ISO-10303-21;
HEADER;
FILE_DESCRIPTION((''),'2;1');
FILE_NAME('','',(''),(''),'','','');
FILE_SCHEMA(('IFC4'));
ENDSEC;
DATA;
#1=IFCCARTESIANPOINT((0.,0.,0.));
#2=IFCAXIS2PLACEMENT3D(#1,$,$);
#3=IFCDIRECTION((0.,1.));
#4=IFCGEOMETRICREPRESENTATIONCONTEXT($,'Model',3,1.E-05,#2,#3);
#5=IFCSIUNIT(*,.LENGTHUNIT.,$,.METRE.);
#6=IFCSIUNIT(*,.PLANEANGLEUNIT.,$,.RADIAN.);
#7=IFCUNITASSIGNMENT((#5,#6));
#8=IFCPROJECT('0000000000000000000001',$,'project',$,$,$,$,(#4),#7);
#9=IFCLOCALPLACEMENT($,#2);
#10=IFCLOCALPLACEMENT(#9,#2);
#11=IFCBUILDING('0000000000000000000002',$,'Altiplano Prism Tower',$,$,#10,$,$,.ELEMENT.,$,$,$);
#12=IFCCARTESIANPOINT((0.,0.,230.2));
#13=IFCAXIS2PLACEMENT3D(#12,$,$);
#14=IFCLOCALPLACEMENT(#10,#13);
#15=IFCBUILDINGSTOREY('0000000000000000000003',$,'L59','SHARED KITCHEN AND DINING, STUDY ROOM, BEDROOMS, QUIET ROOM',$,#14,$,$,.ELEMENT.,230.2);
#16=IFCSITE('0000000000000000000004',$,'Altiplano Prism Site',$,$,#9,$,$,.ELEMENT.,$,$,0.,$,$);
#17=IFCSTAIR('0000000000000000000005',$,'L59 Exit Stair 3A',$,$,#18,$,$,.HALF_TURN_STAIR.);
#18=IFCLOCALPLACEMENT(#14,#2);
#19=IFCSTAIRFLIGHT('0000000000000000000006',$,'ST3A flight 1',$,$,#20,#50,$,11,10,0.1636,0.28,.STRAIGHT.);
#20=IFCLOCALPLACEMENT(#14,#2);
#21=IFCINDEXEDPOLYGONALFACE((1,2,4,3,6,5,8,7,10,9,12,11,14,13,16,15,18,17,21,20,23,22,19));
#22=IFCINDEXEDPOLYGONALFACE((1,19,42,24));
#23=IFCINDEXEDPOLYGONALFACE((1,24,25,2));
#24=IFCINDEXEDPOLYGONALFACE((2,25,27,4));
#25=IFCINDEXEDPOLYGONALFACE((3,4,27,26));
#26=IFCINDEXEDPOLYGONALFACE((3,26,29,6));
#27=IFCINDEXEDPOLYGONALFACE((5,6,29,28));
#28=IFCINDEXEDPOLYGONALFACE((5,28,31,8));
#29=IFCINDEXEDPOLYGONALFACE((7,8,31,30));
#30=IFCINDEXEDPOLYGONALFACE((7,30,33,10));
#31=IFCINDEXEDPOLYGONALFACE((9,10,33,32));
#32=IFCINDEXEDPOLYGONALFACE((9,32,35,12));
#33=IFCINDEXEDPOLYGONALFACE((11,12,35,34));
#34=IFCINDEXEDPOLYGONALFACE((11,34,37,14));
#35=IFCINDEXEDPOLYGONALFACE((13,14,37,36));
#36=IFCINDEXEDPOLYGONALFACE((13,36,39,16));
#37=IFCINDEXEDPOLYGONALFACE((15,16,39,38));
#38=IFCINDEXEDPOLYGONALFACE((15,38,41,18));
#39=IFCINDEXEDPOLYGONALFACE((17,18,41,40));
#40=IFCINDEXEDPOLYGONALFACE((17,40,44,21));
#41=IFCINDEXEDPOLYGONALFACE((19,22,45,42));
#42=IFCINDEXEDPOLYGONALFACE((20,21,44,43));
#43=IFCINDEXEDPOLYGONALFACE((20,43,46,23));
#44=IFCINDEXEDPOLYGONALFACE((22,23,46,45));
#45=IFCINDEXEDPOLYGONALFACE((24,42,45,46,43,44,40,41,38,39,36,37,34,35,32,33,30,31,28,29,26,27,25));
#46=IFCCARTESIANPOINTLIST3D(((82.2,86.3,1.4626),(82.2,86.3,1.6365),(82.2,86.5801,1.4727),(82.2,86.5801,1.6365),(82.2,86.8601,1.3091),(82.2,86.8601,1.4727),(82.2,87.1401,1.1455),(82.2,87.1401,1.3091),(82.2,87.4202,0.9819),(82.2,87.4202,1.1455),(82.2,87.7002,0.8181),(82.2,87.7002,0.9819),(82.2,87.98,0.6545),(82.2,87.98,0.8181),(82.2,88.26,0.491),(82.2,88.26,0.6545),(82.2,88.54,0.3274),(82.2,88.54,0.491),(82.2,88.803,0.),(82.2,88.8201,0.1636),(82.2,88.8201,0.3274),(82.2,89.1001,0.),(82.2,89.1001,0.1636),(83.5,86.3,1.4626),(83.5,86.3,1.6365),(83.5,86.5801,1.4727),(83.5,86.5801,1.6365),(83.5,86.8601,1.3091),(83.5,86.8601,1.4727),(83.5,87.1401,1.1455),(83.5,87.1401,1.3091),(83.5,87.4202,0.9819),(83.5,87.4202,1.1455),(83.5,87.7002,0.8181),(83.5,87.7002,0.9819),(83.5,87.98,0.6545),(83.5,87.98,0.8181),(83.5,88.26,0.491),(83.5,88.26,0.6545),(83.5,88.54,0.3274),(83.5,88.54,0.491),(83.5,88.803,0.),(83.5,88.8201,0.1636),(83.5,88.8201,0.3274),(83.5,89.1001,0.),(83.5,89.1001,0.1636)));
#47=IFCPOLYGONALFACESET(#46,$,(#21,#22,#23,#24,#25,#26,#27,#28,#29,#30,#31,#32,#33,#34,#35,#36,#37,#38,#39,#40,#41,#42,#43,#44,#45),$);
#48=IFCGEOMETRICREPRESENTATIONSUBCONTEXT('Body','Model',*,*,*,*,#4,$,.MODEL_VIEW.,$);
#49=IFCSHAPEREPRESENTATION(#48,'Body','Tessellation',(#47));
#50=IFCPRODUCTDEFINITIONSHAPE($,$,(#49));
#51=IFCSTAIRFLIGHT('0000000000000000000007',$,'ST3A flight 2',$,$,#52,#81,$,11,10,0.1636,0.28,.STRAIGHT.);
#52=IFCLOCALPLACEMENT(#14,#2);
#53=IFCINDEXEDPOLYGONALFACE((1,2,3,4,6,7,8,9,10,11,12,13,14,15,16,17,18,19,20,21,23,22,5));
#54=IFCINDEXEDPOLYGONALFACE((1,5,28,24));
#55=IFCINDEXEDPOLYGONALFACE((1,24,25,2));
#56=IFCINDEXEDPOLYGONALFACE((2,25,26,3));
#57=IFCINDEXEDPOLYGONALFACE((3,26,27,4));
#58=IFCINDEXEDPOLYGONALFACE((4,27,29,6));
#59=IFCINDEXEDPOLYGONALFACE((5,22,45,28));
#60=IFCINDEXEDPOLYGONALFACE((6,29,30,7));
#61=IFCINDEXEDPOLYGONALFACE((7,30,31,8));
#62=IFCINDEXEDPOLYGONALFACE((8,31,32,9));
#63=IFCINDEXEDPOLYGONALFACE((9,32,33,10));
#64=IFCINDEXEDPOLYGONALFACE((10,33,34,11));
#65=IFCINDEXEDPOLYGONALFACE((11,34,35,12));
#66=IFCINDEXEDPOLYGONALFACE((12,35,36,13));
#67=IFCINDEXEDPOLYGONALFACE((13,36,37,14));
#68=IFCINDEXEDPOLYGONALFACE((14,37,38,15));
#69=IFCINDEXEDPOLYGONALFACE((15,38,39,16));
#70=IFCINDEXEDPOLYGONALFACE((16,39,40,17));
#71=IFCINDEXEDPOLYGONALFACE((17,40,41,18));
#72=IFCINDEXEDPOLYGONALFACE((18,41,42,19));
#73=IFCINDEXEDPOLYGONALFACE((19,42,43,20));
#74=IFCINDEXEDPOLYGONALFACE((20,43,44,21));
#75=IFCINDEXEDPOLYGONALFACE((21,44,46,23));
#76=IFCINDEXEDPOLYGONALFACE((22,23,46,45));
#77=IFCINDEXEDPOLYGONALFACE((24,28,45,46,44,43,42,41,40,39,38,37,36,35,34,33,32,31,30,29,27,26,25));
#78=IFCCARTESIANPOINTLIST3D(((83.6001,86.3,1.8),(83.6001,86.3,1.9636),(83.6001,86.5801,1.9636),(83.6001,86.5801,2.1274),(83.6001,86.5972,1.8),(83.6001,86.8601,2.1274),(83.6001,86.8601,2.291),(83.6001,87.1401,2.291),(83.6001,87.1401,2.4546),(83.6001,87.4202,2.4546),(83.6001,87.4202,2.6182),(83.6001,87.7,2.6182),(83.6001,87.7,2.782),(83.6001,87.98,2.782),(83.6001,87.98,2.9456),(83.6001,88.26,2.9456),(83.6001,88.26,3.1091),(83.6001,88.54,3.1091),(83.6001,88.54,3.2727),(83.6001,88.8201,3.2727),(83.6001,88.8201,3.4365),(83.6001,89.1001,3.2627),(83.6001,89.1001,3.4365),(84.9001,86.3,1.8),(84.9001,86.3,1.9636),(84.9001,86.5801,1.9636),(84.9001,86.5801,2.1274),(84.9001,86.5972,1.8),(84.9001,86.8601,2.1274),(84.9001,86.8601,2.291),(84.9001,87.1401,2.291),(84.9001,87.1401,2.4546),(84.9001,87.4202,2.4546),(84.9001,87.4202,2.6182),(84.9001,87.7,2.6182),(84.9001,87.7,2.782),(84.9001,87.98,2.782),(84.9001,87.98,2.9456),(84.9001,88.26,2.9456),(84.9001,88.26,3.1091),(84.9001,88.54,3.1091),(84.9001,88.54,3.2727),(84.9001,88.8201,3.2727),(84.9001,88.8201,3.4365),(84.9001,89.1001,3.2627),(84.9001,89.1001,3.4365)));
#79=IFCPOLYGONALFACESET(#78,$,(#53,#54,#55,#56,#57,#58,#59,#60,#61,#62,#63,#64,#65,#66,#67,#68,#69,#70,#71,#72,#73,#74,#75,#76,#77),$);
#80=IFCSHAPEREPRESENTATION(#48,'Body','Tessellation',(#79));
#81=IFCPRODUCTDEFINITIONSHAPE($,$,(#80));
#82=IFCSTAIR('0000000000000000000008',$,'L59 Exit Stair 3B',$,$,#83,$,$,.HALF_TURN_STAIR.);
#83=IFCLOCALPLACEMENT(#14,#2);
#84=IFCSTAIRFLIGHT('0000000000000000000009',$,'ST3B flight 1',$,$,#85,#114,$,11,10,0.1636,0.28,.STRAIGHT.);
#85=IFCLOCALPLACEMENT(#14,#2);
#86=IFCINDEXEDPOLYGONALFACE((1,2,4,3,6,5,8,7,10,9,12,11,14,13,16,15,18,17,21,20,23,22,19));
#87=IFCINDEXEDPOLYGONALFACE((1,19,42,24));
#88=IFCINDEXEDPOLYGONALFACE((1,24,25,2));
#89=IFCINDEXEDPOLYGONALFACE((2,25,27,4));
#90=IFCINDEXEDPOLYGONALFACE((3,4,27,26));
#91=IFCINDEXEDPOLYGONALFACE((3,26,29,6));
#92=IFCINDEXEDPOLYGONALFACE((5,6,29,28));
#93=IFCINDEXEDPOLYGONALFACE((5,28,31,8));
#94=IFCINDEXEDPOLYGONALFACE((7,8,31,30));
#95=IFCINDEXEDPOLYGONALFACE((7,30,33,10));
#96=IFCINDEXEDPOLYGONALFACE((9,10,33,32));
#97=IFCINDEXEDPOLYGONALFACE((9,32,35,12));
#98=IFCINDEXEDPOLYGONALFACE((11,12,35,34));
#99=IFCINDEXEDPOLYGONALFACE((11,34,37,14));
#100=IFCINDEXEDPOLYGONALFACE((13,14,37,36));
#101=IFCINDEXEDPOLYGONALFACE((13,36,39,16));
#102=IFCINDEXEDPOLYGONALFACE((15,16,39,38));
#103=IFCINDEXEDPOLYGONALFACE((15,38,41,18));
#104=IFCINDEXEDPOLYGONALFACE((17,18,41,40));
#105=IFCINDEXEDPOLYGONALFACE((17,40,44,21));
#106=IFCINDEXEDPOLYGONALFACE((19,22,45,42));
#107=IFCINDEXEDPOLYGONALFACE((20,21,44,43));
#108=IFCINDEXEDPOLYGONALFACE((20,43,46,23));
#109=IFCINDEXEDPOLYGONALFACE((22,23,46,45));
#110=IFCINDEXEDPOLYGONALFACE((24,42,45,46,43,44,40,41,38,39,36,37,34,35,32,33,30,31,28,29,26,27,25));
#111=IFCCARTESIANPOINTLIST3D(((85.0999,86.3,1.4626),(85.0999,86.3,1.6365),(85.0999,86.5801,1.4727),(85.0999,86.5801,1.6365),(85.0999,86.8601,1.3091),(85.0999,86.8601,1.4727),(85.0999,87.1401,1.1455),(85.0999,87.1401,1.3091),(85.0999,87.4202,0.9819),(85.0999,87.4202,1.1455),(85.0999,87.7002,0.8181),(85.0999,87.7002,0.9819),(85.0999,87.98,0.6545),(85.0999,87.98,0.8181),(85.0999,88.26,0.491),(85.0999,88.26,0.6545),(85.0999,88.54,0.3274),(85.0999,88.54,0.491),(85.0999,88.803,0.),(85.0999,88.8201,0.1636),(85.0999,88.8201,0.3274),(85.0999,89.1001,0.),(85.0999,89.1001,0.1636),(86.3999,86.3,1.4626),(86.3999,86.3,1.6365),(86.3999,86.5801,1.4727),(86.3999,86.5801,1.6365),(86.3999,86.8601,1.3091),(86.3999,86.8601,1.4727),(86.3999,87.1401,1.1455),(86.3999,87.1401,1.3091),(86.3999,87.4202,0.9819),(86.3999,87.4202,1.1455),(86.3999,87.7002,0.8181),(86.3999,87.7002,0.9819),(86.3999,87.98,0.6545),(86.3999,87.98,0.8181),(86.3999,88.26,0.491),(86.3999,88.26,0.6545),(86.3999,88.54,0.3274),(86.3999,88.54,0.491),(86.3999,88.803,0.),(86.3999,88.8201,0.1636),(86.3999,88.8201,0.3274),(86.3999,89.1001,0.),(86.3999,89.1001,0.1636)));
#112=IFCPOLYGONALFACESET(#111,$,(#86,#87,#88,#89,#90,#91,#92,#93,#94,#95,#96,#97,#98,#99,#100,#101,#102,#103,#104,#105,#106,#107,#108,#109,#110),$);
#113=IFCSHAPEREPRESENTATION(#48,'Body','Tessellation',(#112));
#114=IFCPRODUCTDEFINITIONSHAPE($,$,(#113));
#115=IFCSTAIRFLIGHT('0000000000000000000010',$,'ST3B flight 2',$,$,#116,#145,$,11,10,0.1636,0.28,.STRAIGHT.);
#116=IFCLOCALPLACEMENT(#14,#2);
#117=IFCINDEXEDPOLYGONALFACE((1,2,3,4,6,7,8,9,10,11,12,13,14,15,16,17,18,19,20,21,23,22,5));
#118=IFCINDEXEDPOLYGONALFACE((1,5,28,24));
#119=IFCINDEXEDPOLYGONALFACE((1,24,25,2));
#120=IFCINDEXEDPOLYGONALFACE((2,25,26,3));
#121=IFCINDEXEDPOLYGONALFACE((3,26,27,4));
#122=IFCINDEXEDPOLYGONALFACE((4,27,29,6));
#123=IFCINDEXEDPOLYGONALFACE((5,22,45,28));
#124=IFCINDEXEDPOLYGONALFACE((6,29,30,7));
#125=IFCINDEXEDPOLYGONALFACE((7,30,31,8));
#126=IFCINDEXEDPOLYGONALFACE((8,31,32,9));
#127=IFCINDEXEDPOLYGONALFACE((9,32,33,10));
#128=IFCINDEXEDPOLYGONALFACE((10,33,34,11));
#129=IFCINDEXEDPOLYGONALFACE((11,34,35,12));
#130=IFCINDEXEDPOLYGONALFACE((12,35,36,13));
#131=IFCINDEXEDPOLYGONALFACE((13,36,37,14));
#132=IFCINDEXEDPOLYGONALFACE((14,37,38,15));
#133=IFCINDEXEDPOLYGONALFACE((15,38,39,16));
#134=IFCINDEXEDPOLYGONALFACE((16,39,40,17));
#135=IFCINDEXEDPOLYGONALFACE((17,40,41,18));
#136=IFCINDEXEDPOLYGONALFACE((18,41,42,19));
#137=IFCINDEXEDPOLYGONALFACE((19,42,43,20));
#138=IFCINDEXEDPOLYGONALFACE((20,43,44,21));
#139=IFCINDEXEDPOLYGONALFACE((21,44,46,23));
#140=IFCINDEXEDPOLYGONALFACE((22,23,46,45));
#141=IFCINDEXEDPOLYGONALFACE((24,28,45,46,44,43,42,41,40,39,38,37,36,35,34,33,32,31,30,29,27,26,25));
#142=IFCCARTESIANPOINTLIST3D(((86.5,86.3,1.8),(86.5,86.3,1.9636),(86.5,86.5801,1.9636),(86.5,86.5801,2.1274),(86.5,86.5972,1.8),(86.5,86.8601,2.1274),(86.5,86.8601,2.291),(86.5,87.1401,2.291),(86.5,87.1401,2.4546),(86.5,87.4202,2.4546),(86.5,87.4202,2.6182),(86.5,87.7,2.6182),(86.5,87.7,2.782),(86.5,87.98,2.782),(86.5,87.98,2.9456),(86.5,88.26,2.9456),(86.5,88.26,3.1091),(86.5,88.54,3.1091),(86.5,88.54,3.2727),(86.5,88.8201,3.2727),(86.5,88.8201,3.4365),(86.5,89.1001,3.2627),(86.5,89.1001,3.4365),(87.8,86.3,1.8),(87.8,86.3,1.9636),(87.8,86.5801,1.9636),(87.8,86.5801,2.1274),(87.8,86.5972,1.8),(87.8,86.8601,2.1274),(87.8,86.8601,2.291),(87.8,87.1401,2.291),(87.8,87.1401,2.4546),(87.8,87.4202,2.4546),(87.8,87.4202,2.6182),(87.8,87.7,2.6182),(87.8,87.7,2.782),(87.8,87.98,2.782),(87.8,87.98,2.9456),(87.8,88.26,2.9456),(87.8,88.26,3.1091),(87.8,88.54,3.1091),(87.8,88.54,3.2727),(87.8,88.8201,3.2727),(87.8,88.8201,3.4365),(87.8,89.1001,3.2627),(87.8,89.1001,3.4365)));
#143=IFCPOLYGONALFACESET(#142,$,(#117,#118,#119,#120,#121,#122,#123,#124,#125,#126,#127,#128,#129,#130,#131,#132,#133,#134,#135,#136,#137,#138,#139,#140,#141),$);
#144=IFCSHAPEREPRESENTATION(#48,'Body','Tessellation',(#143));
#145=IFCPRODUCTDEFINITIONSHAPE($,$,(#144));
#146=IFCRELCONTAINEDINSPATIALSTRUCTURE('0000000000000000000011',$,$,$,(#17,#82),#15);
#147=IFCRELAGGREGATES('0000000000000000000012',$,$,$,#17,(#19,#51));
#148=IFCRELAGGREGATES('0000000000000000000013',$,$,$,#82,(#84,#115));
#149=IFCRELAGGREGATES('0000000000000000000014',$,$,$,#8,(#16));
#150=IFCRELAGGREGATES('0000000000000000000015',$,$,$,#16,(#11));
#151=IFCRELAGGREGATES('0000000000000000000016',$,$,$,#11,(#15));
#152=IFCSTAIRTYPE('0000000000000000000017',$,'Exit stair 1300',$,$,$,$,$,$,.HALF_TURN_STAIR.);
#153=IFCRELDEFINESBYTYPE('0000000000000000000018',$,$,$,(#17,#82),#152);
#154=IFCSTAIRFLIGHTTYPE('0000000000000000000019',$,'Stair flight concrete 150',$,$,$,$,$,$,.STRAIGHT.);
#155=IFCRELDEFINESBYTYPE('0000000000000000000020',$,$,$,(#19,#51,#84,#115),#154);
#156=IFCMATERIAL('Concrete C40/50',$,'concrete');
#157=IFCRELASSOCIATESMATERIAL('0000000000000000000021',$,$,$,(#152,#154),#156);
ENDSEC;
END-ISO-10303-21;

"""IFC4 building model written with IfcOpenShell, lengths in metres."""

from ifc_helpers import new_model, si_unit, direction, frame, origin, place, context, subcontext, project, spatial, polyline, outline, extrude, material, type_object, element, aggregate, save


model = new_model("IFC4")

# Units and contexts
model_context = context("Model", 3, precision=1e-05, world=origin(), true_north=direction((0.0, 1.0)))
body_context = subcontext(model_context, "Body", "Model", "MODEL_VIEW")
ifc_project = project(units=[si_unit("LENGTHUNIT", "METRE"), si_unit("PLANEANGLEUNIT", "RADIAN")], contexts=[model_context])

# Site, building, storey
site_placement = place(None, origin())
site = spatial("IfcSite", under=ifc_project, at=site_placement, Name="Altiplano Prism Site", CompositionType="ELEMENT", RefElevation=0.0)
building_placement = place(site_placement, origin())
building = spatial("IfcBuilding", under=site, at=building_placement, Name="Altiplano Prism Tower", CompositionType="ELEMENT")
storey_placement = place(building_placement, frame((0.0, 0.0, 230.2)))
storey = spatial("IfcBuildingStorey", under=building, at=storey_placement, Name="L59", Description="SHARED KITCHEN AND DINING, STUDY ROOM, BEDROOMS, QUIET ROOM", CompositionType="ELEMENT", Elevation=230.2)

# Stairs, stair flights
ifc_material_1 = material(Name="Concrete C40/50", Category="concrete")
stair_type = type_object("IfcStairType", Name="Exit stair 1300", PredefinedType="HALF_TURN_STAIR", material=ifc_material_1)
stair_1_placement = place(storey_placement, origin())
stair_1 = element("IfcStair", 1, at=stair_1_placement, inside=storey, type_object=stair_type, Name="L59 Exit Stair 3A", PredefinedType="HALF_TURN_STAIR")
stair_flight_type = type_object("IfcStairFlightType", Name="Stair flight concrete 150", PredefinedType="STRAIGHT", material=ifc_material_1)
stair_flight_1_placement = place(storey_placement, frame((82.8501, 89.1001, 0.0), z_axis=(0.0, 0.0, 1.0), x_axis=(0.0, -1.0, 0.0)))
stair_flight_1 = element("IfcStairFlight", 2, at=stair_flight_1_placement, type_object=stair_flight_type, Name="ST3A flight 1", NumberOfRisers=11, NumberOfTreads=10, PredefinedType="STRAIGHT", RiserHeight=0.1636, TreadLength=0.28, context=body_context, shape_type="SweptSolid", body=[
    extrude(outline(polyline([(0.0, 0.0), (0.0, 0.1636), (0.28, 0.1636), (0.28, 0.3274), (0.5601, 0.3274), (0.5601, 0.491), (0.8401, 0.491), (0.8401, 0.6545), (1.1201, 0.6545), (1.1201, 0.8181), (1.3999, 0.8181), (1.3999, 0.9819), (1.6799, 0.9819), (1.6799, 1.1455), (1.96, 1.1455), (1.96, 1.3091), (2.24, 1.3091), (2.24, 1.4727), (2.52, 1.4727), (2.52, 1.6365), (2.8, 1.6365), (2.8, 1.8), (2.8, 1.4626), (0.2971, 0.0), (0.0, 0.0)])), frame((0.0, 0.6499, 0.0), z_axis=(0.0, -1.0, 0.0), x_axis=(1.0, 0.0, 0.0)), (0.0, 0.0, 1.0), 1.3),
])
stair_flight_2_placement = place(storey_placement, frame((84.25, 86.3, 1.8), z_axis=(0.0, 0.0, 1.0), x_axis=(0.0, 1.0, 0.0)))
stair_flight_2 = element("IfcStairFlight", 3, at=stair_flight_2_placement, type_object=stair_flight_type, Name="ST3A flight 2", NumberOfRisers=11, NumberOfTreads=10, PredefinedType="STRAIGHT", RiserHeight=0.1636, TreadLength=0.28, context=body_context, shape_type="SweptSolid", body=[
    extrude(outline(polyline([(0.0, 0.0), (0.0, 0.1636), (0.28, 0.1636), (0.28, 0.3274), (0.5601, 0.3274), (0.5601, 0.491), (0.8401, 0.491), (0.8401, 0.6545), (1.1201, 0.6545), (1.1201, 0.8181), (1.3999, 0.8181), (1.3999, 0.9819), (1.6799, 0.9819), (1.6799, 1.1455), (1.96, 1.1455), (1.96, 1.3091), (2.24, 1.3091), (2.24, 1.4727), (2.52, 1.4727), (2.52, 1.6365), (2.8, 1.6365), (2.8, 1.8), (2.8, 1.4626), (0.2971, 0.0), (0.0, 0.0)])), frame((0.0, 0.6499, 0.0), z_axis=(0.0, -1.0, 0.0), x_axis=(1.0, 0.0, 0.0)), (0.0, 0.0, 1.0), 1.3),
])
aggregate(stair_1, [stair_flight_1, stair_flight_2])
stair_2_placement = place(storey_placement, origin())
stair_2 = element("IfcStair", 4, at=stair_2_placement, inside=storey, type_object=stair_type, Name="L59 Exit Stair 3B", PredefinedType="HALF_TURN_STAIR")
stair_flight_3_placement = place(storey_placement, frame((85.75, 89.1001, 0.0), z_axis=(0.0, 0.0, 1.0), x_axis=(0.0, -1.0, 0.0)))
stair_flight_3 = element("IfcStairFlight", 5, at=stair_flight_3_placement, type_object=stair_flight_type, Name="ST3B flight 1", NumberOfRisers=11, NumberOfTreads=10, PredefinedType="STRAIGHT", RiserHeight=0.1636, TreadLength=0.28, context=body_context, shape_type="SweptSolid", body=[
    extrude(outline(polyline([(0.0, 0.0), (0.0, 0.1636), (0.28, 0.1636), (0.28, 0.3274), (0.5601, 0.3274), (0.5601, 0.491), (0.8401, 0.491), (0.8401, 0.6545), (1.1201, 0.6545), (1.1201, 0.8181), (1.3999, 0.8181), (1.3999, 0.9819), (1.6799, 0.9819), (1.6799, 1.1455), (1.96, 1.1455), (1.96, 1.3091), (2.24, 1.3091), (2.24, 1.4727), (2.52, 1.4727), (2.52, 1.6365), (2.8, 1.6365), (2.8, 1.8), (2.8, 1.4626), (0.2971, 0.0), (0.0, 0.0)])), frame((0.0, 0.6499, 0.0), z_axis=(0.0, -1.0, 0.0), x_axis=(1.0, 0.0, 0.0)), (0.0, 0.0, 1.0), 1.3),
])
stair_flight_4_placement = place(storey_placement, frame((87.1499, 86.3, 1.8), z_axis=(0.0, 0.0, 1.0), x_axis=(0.0, 1.0, 0.0)))
stair_flight_4 = element("IfcStairFlight", 6, at=stair_flight_4_placement, type_object=stair_flight_type, Name="ST3B flight 2", NumberOfRisers=11, NumberOfTreads=10, PredefinedType="STRAIGHT", RiserHeight=0.1636, TreadLength=0.28, context=body_context, shape_type="SweptSolid", body=[
    extrude(outline(polyline([(0.0, 0.0), (0.0, 0.1636), (0.28, 0.1636), (0.28, 0.3274), (0.5601, 0.3274), (0.5601, 0.491), (0.8401, 0.491), (0.8401, 0.6545), (1.1201, 0.6545), (1.1201, 0.8181), (1.3999, 0.8181), (1.3999, 0.9819), (1.6799, 0.9819), (1.6799, 1.1455), (1.96, 1.1455), (1.96, 1.3091), (2.24, 1.3091), (2.24, 1.4727), (2.52, 1.4727), (2.52, 1.6365), (2.8, 1.6365), (2.8, 1.8), (2.8, 1.4626), (0.2971, 0.0), (0.0, 0.0)])), frame((0.0, 0.6499, 0.0), z_axis=(0.0, -1.0, 0.0), x_axis=(1.0, 0.0, 0.0)), (0.0, 0.0, 1.0), 1.3),
])
aggregate(stair_2, [stair_flight_3, stair_flight_4])

save(model, "model.ifc")
